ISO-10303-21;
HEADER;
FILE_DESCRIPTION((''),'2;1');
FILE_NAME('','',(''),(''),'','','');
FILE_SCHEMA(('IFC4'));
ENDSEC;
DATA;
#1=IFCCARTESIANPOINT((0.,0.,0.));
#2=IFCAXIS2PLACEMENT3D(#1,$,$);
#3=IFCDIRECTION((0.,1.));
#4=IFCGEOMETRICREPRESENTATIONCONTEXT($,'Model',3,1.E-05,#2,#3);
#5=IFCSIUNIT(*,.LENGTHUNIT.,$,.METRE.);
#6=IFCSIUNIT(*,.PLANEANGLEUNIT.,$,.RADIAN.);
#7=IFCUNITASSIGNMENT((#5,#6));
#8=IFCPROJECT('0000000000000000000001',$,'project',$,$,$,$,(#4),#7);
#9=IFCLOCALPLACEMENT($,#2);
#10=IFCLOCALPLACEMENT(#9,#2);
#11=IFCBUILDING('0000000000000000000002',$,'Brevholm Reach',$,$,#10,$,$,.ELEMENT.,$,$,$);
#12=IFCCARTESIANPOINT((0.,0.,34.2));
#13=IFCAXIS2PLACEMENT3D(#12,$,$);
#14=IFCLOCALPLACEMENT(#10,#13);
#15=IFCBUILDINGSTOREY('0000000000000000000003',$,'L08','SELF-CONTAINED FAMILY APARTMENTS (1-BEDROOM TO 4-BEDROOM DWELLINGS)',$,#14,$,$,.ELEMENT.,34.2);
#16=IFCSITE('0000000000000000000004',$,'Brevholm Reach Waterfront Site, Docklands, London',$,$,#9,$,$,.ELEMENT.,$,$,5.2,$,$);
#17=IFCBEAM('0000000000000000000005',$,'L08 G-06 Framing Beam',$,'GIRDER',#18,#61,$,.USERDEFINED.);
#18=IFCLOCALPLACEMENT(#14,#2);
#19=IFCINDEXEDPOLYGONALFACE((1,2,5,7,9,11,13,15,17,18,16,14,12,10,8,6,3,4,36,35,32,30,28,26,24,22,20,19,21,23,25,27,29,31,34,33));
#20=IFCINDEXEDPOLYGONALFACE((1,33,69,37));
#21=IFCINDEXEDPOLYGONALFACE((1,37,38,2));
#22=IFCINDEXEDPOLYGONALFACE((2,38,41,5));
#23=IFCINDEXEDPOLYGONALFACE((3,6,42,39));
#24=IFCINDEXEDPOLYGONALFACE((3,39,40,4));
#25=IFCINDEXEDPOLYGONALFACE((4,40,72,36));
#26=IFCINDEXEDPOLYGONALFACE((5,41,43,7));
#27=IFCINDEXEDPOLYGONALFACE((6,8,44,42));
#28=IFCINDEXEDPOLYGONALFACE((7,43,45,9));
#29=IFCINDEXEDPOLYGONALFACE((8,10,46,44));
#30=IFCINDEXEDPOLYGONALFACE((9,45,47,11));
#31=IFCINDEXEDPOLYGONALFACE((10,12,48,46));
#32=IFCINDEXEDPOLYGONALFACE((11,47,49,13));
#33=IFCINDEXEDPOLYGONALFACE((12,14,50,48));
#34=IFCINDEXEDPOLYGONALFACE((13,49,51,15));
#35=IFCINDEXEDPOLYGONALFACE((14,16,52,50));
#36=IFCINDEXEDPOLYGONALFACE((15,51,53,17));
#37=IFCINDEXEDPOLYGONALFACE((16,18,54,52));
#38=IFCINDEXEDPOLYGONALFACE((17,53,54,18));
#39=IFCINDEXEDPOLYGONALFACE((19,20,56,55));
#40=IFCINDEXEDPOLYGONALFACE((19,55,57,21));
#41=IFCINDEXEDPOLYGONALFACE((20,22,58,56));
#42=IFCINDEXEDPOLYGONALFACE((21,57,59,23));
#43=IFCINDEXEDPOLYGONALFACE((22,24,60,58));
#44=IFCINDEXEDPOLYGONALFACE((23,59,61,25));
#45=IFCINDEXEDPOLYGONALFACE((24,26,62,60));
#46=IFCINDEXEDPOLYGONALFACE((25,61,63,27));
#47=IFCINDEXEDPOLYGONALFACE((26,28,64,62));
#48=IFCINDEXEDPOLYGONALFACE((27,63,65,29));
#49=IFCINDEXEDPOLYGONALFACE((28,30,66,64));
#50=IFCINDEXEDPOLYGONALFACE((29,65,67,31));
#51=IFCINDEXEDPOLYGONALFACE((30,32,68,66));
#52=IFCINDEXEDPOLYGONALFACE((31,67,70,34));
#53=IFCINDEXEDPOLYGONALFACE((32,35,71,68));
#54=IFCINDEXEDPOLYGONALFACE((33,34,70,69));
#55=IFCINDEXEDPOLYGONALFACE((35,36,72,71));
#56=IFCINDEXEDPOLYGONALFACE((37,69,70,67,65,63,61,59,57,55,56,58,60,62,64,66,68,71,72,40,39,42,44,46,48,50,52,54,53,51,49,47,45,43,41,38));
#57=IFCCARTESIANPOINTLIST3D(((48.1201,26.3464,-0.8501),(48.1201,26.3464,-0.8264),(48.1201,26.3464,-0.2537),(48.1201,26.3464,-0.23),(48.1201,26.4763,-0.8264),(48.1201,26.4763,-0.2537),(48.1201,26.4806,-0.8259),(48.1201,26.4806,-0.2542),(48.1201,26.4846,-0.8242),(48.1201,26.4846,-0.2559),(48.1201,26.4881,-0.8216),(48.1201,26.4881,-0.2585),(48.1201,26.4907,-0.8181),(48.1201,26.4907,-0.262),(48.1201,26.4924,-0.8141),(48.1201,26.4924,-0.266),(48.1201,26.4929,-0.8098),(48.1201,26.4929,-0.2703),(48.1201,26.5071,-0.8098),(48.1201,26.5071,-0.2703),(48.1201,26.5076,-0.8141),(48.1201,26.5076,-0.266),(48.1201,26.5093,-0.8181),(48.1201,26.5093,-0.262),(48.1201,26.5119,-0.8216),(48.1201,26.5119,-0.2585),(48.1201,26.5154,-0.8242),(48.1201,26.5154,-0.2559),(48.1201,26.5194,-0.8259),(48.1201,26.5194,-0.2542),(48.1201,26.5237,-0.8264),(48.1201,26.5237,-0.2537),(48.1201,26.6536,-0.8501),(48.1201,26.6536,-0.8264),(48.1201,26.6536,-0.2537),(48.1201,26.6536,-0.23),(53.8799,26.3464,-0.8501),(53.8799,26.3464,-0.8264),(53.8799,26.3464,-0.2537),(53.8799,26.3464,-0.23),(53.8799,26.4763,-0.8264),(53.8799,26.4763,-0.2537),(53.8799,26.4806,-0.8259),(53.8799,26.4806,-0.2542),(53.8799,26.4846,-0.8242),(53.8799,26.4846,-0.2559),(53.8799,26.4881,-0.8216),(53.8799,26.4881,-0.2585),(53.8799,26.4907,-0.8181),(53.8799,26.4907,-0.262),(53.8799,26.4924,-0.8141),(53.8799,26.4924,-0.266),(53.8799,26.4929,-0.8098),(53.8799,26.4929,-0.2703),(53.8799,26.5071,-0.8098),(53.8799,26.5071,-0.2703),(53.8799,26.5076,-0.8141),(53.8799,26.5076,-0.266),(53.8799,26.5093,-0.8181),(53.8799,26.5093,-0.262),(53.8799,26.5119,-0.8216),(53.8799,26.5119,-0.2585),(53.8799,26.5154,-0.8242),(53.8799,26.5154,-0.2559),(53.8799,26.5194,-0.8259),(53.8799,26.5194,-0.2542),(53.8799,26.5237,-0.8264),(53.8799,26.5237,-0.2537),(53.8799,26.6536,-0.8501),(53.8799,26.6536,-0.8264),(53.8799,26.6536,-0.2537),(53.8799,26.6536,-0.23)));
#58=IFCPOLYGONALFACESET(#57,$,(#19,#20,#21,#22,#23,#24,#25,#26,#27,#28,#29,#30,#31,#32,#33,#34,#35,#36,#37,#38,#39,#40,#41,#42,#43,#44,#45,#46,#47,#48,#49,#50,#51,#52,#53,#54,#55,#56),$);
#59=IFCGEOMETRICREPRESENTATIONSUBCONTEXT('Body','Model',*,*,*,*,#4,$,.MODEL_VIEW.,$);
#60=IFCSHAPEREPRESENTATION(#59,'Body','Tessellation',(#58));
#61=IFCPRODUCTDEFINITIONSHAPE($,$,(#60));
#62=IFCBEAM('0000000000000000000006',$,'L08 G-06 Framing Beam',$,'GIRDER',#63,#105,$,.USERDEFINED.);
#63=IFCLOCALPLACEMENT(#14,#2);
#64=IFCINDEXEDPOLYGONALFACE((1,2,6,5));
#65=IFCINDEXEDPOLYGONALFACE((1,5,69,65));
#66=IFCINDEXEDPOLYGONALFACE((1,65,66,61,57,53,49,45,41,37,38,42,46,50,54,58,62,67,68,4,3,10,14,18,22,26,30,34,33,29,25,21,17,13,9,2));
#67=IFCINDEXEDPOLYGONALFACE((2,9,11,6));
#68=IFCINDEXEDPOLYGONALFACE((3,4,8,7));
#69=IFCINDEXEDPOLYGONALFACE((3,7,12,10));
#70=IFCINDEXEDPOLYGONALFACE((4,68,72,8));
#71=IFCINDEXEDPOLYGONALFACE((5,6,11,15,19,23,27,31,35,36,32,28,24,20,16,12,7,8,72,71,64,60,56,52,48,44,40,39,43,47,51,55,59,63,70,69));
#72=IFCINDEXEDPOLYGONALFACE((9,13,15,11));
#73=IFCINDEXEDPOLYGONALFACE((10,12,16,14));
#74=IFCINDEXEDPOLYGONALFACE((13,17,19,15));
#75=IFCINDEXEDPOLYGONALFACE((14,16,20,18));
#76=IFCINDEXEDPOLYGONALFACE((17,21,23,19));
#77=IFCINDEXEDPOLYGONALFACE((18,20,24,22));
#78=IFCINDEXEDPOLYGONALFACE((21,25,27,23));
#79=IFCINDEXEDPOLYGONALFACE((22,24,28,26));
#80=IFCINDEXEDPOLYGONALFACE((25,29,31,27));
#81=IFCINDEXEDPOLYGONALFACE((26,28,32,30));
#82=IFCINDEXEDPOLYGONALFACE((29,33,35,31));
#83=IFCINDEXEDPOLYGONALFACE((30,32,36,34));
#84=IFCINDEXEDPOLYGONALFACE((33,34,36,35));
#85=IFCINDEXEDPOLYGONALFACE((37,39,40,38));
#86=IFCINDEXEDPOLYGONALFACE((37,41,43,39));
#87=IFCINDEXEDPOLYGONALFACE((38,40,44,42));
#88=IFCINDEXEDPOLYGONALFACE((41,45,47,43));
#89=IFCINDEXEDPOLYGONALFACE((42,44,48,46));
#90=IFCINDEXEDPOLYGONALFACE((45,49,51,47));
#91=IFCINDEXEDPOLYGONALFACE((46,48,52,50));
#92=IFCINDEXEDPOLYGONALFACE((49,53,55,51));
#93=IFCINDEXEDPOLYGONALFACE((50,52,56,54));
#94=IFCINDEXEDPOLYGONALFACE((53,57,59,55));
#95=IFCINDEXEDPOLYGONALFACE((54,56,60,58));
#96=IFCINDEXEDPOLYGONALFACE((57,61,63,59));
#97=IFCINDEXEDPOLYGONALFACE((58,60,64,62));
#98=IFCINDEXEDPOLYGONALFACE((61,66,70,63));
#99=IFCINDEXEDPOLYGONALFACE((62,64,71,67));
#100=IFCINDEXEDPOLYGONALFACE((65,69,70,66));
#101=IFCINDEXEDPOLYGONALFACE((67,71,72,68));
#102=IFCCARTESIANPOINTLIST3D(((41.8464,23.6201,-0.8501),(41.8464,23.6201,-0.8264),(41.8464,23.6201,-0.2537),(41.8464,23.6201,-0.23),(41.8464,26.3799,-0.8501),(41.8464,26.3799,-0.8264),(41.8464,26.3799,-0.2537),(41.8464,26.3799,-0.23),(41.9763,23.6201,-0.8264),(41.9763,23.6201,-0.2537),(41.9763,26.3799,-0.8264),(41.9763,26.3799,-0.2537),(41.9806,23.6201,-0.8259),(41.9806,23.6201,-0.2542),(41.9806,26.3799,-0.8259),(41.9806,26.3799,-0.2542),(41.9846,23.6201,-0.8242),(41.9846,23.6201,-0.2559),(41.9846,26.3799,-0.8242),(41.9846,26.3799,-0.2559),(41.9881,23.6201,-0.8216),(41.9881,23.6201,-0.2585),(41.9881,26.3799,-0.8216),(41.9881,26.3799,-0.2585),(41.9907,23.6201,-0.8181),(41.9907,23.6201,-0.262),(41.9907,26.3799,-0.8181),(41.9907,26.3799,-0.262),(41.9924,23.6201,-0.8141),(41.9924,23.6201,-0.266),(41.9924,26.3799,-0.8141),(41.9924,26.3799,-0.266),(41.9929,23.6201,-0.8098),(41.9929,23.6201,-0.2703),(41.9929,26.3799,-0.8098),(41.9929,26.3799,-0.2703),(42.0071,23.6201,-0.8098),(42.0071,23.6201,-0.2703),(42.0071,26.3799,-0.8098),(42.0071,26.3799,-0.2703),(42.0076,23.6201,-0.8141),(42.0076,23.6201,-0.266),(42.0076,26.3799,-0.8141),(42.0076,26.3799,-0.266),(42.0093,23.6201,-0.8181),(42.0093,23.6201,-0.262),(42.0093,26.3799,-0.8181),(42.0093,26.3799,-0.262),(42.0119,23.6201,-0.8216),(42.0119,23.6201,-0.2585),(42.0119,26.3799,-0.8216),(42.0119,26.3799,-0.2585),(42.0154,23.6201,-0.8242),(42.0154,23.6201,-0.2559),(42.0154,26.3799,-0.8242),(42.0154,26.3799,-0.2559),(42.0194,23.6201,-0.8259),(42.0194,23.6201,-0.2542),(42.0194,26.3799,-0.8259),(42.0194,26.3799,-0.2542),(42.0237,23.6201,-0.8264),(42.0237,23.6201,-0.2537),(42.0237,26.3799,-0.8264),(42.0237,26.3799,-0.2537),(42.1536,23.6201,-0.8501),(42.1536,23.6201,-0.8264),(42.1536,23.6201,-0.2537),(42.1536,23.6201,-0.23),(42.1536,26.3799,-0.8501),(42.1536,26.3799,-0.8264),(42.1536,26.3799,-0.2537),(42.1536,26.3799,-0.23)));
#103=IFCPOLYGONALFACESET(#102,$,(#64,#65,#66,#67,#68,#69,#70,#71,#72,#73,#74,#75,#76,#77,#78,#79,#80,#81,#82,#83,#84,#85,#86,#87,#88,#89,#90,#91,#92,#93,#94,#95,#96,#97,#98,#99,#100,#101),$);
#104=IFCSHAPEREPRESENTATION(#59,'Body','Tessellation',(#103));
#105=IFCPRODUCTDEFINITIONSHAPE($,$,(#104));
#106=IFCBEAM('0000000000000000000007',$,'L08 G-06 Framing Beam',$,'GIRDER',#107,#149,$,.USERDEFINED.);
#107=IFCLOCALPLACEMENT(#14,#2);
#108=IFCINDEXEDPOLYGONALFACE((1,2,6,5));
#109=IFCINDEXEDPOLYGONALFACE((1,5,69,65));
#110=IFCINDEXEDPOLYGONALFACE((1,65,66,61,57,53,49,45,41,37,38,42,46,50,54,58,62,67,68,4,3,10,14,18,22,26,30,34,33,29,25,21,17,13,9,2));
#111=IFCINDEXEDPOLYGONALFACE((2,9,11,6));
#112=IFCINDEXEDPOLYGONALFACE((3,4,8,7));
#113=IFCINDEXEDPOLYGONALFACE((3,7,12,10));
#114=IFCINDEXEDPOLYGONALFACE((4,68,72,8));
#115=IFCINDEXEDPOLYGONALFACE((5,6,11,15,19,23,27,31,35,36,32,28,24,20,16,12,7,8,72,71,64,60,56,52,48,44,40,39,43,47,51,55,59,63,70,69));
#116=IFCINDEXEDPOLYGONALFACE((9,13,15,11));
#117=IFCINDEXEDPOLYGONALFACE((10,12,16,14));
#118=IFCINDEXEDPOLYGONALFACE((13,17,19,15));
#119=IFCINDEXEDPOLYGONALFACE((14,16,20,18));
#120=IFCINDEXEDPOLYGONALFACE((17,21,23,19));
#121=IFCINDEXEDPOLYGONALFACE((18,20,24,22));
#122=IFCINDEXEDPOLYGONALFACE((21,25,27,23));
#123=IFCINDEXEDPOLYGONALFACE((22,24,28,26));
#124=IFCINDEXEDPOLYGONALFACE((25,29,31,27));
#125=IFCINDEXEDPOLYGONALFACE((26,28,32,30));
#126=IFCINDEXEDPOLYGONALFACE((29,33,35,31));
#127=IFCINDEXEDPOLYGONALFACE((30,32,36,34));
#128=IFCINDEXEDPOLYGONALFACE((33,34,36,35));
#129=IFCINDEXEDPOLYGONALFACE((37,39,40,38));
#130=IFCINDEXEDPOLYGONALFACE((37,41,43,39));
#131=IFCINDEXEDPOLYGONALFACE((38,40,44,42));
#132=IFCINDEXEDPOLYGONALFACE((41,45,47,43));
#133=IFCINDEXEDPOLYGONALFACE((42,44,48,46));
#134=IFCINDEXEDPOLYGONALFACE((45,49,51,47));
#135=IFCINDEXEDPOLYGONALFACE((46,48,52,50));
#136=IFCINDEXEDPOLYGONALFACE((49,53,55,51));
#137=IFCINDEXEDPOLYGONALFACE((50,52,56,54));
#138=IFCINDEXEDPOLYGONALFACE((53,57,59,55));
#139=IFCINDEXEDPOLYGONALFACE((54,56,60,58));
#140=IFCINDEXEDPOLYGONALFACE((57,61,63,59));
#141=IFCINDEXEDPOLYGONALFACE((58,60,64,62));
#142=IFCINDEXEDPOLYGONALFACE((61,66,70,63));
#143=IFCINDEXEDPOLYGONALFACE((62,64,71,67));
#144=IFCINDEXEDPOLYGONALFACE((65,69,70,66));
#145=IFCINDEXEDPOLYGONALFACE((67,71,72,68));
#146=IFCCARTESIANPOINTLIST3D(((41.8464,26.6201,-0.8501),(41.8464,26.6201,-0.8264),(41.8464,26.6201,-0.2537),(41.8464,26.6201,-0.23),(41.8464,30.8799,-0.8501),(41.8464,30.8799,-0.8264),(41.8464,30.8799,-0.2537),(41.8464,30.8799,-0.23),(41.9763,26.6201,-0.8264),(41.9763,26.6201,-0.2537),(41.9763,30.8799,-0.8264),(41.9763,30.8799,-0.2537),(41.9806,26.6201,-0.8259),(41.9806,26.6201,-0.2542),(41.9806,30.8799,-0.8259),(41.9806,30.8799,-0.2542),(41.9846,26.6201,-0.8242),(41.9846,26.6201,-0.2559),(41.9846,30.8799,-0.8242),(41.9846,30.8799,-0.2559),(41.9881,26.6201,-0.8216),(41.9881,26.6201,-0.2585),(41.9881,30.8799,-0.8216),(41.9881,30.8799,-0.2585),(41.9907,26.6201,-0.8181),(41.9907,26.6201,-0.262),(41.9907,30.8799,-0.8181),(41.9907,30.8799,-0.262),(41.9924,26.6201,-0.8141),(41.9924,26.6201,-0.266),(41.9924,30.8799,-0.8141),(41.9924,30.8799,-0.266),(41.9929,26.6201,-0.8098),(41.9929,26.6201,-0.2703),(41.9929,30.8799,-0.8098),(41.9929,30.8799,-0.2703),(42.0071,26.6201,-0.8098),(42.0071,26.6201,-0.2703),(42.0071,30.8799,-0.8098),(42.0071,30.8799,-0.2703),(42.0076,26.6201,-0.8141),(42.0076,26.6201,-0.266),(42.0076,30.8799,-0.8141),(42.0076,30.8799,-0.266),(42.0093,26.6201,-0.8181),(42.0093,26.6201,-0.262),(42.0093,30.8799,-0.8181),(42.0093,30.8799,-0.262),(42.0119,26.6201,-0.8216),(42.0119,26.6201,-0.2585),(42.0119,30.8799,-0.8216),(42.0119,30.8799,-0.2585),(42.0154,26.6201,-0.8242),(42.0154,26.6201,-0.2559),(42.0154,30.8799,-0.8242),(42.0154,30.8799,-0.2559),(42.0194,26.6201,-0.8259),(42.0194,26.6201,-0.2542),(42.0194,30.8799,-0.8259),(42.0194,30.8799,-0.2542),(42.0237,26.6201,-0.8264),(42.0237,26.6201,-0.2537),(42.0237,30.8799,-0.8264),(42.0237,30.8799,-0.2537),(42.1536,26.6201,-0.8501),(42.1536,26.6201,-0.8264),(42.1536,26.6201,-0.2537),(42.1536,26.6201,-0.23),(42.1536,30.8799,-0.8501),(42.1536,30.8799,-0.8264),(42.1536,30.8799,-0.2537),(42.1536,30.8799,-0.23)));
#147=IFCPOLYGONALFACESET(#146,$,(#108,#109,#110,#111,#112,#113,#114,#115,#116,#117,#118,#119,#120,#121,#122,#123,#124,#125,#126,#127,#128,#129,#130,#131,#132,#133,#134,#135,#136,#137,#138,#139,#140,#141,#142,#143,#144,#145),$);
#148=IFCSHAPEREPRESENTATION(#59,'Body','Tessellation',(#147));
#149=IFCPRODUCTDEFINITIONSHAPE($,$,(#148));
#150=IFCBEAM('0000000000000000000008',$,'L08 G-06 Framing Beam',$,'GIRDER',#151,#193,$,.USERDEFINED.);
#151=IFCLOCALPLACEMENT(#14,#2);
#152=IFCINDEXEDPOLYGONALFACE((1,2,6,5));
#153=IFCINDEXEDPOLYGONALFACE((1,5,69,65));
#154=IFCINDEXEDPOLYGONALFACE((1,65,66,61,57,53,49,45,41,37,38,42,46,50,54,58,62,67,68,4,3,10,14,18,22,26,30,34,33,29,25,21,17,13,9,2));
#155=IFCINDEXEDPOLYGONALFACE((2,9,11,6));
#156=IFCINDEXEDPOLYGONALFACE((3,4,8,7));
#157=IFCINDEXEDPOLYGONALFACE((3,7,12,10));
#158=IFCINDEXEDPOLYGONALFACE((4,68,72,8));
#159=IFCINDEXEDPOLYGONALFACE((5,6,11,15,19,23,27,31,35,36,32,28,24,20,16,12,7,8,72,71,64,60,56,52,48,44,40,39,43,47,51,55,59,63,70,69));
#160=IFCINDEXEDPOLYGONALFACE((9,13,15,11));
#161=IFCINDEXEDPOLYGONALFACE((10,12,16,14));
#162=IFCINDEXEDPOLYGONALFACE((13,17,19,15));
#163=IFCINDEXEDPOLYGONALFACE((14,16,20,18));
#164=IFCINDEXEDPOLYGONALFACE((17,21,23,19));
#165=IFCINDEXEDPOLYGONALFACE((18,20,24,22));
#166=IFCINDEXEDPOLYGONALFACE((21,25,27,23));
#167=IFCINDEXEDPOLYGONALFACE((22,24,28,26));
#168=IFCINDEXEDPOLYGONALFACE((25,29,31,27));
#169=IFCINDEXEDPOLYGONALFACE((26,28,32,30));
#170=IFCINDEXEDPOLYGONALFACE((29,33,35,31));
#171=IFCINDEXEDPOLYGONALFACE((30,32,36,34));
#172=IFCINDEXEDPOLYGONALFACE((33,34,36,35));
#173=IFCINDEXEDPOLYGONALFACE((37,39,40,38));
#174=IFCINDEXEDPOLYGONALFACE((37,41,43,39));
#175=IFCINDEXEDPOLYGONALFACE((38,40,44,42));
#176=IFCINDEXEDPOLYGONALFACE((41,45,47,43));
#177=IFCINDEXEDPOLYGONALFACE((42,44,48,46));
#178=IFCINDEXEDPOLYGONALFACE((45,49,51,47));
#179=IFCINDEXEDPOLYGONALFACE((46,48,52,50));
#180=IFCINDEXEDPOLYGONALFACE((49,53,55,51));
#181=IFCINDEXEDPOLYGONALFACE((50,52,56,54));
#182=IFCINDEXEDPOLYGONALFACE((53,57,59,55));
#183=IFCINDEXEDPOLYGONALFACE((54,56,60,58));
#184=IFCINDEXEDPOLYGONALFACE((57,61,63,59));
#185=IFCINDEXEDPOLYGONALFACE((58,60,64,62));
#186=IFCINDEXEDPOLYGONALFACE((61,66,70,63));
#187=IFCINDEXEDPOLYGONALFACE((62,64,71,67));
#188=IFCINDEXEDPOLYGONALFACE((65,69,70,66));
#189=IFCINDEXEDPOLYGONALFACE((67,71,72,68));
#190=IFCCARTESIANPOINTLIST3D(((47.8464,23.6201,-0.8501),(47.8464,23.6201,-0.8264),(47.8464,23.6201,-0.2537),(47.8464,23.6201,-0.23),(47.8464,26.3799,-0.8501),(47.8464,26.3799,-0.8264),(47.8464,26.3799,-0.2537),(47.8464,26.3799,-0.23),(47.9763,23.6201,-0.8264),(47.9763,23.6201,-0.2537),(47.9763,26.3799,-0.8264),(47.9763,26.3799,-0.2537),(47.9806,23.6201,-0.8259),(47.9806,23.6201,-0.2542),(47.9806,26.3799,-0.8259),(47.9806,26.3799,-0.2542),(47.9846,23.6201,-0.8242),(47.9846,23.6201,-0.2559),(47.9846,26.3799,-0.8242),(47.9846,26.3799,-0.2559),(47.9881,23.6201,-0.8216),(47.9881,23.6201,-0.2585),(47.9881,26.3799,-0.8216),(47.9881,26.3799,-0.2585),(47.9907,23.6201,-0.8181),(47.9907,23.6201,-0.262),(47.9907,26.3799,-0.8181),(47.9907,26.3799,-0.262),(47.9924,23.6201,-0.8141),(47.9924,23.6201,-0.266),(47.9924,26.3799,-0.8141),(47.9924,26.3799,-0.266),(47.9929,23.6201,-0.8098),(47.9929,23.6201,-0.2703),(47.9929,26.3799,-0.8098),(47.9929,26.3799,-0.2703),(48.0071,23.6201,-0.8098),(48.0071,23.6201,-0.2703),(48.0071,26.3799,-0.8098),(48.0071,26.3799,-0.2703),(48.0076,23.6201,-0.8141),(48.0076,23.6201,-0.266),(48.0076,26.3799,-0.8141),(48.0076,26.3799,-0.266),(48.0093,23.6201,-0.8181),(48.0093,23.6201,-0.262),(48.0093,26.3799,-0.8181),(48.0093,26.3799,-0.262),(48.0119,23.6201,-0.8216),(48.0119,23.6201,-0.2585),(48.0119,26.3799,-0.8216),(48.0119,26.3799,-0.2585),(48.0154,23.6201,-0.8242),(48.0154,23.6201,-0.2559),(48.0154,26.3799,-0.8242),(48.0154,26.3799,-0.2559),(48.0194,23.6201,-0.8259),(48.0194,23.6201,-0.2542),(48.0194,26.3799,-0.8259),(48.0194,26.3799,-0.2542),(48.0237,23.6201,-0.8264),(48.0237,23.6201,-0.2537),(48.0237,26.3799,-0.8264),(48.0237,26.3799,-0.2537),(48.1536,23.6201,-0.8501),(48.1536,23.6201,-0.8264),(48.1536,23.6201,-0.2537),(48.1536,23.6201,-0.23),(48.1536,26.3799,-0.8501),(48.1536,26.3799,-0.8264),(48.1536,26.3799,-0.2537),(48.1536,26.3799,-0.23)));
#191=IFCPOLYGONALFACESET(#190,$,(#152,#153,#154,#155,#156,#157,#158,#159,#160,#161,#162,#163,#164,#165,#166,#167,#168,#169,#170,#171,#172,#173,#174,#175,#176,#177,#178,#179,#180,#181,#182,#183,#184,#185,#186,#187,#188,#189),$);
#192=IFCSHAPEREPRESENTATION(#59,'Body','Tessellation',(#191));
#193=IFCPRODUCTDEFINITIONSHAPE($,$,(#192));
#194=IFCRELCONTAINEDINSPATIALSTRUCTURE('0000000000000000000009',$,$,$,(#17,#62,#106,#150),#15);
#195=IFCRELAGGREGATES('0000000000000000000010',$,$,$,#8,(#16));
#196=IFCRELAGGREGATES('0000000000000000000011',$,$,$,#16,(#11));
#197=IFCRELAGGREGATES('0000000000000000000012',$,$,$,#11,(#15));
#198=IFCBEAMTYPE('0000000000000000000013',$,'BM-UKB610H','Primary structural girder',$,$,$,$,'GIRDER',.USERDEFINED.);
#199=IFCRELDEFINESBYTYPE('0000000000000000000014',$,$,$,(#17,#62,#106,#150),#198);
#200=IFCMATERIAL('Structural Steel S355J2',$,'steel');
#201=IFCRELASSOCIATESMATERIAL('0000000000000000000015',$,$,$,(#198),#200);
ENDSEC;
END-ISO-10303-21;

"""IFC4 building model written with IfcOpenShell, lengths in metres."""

from ifc_helpers import new_model, si_unit, direction, frame, origin, origin_2d, place, context, subcontext, project, spatial, i_section, extrude, material, material_profile, profile_set, type_object, element, save


model = new_model("IFC4")

# Units and contexts
model_context = context("Model", 3, precision=1e-05, world=origin(), true_north=direction((0.0, 1.0)))
body_context = subcontext(model_context, "Body", "Model", "MODEL_VIEW")
ifc_project = project(units=[si_unit("LENGTHUNIT", "METRE"), si_unit("PLANEANGLEUNIT", "RADIAN")], contexts=[model_context])

# Site, building, storey
site_placement = place(None, origin())
site = spatial("IfcSite", under=ifc_project, at=site_placement, Name="Brevholm Reach Waterfront Site, Docklands, London", CompositionType="ELEMENT", RefElevation=5.2)
building_placement = place(site_placement, origin())
building = spatial("IfcBuilding", under=site, at=building_placement, Name="Brevholm Reach", CompositionType="ELEMENT")
storey_placement = place(building_placement, frame((0.0, 0.0, 34.2)))
storey = spatial("IfcBuildingStorey", under=building, at=storey_placement, Name="L08", Description="SELF-CONTAINED FAMILY APARTMENTS (1-BEDROOM TO 4-BEDROOM DWELLINGS)", CompositionType="ELEMENT", Elevation=34.2)

# Beams
ifc_material_1 = material(Name="Structural Steel S355J2", Category="steel")
ifc_material_profile_1 = material_profile(ifc_material_1, i_section(OverallWidth=0.3071, OverallDepth=0.6201, WebThickness=0.0142, FlangeThickness=0.0237, FilletRadius=0.0166, at=origin_2d()), Name="UKB 610x305x179")
ifc_profile_set_1 = profile_set([ifc_material_profile_1], Name="Structural Steel S355J2")
beam_type_1 = type_object("IfcBeamType", Name="BM-UKB610H", Description="Primary structural girder", ElementType="GIRDER", PredefinedType="USERDEFINED", material=ifc_profile_set_1)
for number, where, z_axis, x_axis, name in (
    (1, (48.1201, 26.5, -0.54), (1.0, 0.0, 0.0), (0.0, 1.0, 0.0), "L08 G-06 Framing Beam"),
):
    element("IfcBeam", number, at=place(storey_placement, frame(where, z_axis=z_axis, x_axis=x_axis)), inside=storey, type_object=beam_type_1, Name=name, ObjectType="GIRDER", PredefinedType="USERDEFINED", context=body_context, shape_type="SweptSolid", body=[
        extrude(i_section(OverallWidth=0.3071, OverallDepth=0.6201, WebThickness=0.0142, FlangeThickness=0.0237, FilletRadius=0.0166, at=origin_2d()), origin(), (0.0, 0.0, 1.0), 5.7598),
    ])
beam_1_placement = place(storey_placement, frame((42.0, 23.6201, -0.54), z_axis=(0.0, 1.0, 0.0), x_axis=(-1.0, 0.0, 0.0)))
element("IfcBeam", 2, at=beam_1_placement, inside=storey, type_object=beam_type_1, Name="L08 G-06 Framing Beam", ObjectType="GIRDER", PredefinedType="USERDEFINED", context=body_context, shape_type="SweptSolid", body=[
    extrude(i_section(OverallWidth=0.3071, OverallDepth=0.6201, WebThickness=0.0142, FlangeThickness=0.0237, FilletRadius=0.0166, at=origin_2d()), origin(), (0.0, 0.0, 1.0), 2.7598),
])
beam_2_placement = place(storey_placement, frame((42.0, 26.6201, -0.54), z_axis=(0.0, 1.0, 0.0), x_axis=(-1.0, 0.0, 0.0)))
element("IfcBeam", 3, at=beam_2_placement, inside=storey, type_object=beam_type_1, Name="L08 G-06 Framing Beam", ObjectType="GIRDER", PredefinedType="USERDEFINED", context=body_context, shape_type="SweptSolid", body=[
    extrude(i_section(OverallWidth=0.3071, OverallDepth=0.6201, WebThickness=0.0142, FlangeThickness=0.0237, FilletRadius=0.0166, at=origin_2d()), origin(), (0.0, 0.0, 1.0), 4.2598),
])
beam_3_placement = place(storey_placement, frame((48.0, 23.6201, -0.54), z_axis=(0.0, 1.0, 0.0), x_axis=(-1.0, 0.0, 0.0)))
element("IfcBeam", 4, at=beam_3_placement, inside=storey, type_object=beam_type_1, Name="L08 G-06 Framing Beam", ObjectType="GIRDER", PredefinedType="USERDEFINED", context=body_context, shape_type="SweptSolid", body=[
    extrude(i_section(OverallWidth=0.3071, OverallDepth=0.6201, WebThickness=0.0142, FlangeThickness=0.0237, FilletRadius=0.0166, at=origin_2d()), origin(), (0.0, 0.0, 1.0), 2.7598),
])

save(model, "model.ifc")
